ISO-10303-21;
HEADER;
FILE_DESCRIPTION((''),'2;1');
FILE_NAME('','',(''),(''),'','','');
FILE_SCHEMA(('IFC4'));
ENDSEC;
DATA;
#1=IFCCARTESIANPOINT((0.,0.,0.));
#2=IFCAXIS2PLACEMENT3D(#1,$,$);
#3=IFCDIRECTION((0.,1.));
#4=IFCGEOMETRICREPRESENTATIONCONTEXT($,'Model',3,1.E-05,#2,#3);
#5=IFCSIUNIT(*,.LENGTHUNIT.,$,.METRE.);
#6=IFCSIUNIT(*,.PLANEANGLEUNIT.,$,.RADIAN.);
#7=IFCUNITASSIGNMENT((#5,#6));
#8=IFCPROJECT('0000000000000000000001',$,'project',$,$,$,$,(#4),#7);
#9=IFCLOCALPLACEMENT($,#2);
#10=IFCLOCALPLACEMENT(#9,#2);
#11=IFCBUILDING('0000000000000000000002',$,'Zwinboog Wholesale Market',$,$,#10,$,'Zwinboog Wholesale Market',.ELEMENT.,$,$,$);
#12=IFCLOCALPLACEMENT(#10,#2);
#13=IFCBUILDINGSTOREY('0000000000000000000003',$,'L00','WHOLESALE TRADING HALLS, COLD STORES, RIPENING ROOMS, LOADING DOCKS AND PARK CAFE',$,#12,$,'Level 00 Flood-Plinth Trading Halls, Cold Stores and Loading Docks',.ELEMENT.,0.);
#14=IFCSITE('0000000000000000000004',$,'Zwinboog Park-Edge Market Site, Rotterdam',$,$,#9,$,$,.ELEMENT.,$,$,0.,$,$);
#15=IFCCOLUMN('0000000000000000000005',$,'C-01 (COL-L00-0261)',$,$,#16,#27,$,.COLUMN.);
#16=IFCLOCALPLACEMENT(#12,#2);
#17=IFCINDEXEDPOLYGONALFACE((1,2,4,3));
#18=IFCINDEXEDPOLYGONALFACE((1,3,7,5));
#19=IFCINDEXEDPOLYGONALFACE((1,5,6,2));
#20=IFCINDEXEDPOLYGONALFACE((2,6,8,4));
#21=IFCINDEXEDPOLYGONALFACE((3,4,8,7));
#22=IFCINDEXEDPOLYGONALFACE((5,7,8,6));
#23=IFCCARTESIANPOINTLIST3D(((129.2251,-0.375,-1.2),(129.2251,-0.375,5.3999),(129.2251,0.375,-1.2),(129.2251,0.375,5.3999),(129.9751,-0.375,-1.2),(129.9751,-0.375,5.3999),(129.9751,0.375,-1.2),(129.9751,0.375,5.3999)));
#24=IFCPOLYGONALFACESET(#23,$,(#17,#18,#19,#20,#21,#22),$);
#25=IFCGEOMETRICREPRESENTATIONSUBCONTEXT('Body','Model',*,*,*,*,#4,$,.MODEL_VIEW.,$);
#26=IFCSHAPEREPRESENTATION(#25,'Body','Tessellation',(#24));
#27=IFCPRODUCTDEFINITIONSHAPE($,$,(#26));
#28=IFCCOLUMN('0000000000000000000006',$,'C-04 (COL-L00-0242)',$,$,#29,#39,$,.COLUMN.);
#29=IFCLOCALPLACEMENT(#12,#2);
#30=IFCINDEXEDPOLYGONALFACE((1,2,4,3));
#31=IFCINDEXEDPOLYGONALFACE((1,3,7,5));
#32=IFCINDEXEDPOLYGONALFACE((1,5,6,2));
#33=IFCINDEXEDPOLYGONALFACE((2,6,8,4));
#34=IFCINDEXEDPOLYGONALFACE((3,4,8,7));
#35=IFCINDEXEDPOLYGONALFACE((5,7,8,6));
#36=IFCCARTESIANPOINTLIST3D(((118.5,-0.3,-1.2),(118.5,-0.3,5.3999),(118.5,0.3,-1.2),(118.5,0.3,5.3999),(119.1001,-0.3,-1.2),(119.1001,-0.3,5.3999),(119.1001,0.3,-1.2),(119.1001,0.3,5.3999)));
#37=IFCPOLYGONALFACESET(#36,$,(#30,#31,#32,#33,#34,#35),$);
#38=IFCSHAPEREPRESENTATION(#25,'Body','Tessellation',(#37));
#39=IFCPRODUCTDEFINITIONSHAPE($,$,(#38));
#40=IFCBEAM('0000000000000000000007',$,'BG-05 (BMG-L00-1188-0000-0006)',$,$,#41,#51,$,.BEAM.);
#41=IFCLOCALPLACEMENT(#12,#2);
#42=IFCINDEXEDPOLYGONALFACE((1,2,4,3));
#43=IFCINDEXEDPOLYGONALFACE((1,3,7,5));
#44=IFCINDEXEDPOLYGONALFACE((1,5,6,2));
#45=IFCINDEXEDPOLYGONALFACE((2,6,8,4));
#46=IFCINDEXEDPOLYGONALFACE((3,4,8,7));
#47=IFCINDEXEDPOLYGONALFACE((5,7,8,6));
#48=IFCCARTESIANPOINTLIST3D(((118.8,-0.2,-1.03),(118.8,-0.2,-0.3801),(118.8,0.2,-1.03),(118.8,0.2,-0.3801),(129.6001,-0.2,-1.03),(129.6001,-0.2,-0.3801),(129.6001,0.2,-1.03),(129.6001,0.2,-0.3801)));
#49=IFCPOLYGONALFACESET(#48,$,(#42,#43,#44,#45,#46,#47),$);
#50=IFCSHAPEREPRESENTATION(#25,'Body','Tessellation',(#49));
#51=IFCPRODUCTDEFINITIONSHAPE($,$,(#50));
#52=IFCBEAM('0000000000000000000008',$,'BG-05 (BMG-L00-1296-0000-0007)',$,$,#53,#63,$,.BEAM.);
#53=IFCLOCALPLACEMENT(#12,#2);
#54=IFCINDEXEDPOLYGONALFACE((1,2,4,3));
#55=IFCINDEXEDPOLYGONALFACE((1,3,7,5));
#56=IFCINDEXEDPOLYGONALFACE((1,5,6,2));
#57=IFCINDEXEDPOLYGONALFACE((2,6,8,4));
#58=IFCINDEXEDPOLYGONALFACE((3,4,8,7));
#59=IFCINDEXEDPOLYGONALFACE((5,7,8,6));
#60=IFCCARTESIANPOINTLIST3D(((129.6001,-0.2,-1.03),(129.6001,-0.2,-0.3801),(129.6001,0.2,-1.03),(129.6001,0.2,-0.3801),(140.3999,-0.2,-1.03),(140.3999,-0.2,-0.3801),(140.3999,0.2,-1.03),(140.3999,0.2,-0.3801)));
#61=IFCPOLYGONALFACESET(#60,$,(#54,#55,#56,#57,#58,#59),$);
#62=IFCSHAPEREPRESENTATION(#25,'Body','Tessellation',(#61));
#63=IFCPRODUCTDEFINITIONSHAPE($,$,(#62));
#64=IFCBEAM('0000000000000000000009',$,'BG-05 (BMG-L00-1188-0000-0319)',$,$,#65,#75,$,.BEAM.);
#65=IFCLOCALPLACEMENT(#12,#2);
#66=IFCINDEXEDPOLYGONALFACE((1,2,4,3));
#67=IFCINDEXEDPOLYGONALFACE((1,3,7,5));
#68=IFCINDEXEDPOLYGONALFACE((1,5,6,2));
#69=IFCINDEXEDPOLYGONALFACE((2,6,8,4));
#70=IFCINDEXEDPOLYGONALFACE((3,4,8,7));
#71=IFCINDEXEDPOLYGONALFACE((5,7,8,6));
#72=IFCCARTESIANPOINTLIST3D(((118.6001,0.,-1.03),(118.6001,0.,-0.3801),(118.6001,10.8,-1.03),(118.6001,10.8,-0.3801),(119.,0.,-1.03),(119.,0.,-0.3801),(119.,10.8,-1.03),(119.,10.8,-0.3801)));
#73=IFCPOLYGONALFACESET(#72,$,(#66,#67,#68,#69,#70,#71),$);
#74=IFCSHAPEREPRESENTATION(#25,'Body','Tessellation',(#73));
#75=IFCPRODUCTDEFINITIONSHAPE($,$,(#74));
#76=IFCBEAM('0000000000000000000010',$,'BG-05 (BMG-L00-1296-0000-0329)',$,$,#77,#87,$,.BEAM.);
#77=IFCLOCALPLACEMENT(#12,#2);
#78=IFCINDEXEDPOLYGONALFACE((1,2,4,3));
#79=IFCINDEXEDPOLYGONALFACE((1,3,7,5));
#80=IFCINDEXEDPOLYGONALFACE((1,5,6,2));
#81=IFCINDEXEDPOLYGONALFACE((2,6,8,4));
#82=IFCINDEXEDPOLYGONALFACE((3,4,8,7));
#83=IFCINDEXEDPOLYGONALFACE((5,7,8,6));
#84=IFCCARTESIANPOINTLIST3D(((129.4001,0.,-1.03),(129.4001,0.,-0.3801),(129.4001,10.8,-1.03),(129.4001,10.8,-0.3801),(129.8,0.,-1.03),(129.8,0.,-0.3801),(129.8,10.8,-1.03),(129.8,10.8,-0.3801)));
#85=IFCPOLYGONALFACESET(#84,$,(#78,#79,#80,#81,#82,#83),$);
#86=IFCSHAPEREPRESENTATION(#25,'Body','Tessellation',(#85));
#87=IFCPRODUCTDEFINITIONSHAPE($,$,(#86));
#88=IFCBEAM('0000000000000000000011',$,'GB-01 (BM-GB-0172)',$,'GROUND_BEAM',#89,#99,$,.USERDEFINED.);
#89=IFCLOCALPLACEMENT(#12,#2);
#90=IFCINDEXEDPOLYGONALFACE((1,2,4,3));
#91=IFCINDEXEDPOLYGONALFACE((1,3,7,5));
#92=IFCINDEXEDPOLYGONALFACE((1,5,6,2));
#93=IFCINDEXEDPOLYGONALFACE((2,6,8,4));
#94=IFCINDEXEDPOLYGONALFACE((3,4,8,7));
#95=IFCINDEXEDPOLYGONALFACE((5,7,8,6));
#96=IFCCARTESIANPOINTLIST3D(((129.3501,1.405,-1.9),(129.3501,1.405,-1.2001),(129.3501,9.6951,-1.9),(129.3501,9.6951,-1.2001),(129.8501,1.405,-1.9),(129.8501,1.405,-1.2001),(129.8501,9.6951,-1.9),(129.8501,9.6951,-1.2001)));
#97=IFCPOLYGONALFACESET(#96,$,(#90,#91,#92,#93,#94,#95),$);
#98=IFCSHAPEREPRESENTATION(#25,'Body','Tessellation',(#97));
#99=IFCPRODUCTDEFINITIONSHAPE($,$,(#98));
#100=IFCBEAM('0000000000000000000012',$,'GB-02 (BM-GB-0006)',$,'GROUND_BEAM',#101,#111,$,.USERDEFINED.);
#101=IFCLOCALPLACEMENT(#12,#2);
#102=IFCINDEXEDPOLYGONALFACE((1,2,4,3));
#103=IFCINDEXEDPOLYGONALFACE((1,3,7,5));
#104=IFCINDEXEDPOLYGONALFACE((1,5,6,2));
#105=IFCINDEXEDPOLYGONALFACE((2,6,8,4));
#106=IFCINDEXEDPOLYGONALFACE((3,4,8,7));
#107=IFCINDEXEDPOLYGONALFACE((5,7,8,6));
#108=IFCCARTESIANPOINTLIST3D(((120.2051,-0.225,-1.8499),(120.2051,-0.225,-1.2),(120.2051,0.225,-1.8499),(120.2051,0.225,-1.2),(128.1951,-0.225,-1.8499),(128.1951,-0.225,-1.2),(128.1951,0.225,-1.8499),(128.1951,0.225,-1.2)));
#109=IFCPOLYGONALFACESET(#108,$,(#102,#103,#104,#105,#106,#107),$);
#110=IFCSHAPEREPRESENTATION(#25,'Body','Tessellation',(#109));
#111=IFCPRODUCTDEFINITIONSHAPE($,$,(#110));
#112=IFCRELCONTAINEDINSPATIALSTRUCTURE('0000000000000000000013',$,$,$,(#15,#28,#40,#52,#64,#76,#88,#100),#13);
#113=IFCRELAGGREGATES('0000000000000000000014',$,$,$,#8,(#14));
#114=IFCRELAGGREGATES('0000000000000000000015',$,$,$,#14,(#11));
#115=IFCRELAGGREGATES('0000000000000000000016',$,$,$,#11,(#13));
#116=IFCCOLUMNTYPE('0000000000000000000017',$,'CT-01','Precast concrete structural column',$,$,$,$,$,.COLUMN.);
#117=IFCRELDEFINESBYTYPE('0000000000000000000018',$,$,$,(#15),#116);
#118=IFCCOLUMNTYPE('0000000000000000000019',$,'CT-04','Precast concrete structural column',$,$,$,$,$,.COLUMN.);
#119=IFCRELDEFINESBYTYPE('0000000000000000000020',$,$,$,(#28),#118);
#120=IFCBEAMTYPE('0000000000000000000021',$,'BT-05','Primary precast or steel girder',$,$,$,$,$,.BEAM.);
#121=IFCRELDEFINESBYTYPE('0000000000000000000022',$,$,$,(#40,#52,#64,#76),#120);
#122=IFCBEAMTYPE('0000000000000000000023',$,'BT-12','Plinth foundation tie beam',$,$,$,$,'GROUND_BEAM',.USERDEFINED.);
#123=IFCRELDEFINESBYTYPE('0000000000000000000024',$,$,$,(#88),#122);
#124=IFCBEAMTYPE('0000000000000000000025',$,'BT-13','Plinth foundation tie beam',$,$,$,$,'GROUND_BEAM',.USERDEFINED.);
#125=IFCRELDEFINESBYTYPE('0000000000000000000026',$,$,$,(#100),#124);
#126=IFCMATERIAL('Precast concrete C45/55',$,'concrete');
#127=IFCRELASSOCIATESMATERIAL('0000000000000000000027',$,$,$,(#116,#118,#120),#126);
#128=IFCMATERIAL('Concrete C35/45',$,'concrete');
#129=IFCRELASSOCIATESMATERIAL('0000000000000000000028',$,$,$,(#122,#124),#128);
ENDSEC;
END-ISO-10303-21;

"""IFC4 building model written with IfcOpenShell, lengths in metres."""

from ifc_helpers import new_model, si_unit, direction, frame, origin, origin_2d, place, context, subcontext, project, spatial, rectangle, extrude, material, material_profile, profile_set, type_object, element, save


model = new_model("IFC4")

# Units and contexts
model_context = context("Model", 3, precision=1e-05, world=origin(), true_north=direction((0.0, 1.0)))
body_context = subcontext(model_context, "Body", "Model", "MODEL_VIEW")
ifc_project = project(units=[si_unit("LENGTHUNIT", "METRE"), si_unit("PLANEANGLEUNIT", "RADIAN")], contexts=[model_context])

# Site, building, storey
site_placement = place(None, origin())
site = spatial("IfcSite", under=ifc_project, at=site_placement, Name="Zwinboog Park-Edge Market Site, Rotterdam", CompositionType="ELEMENT", RefElevation=0.0)
building_placement = place(site_placement, origin())
building = spatial("IfcBuilding", under=site, at=building_placement, Name="Zwinboog Wholesale Market", LongName="Zwinboog Wholesale Market", CompositionType="ELEMENT")
storey_placement = place(building_placement, origin())
storey = spatial("IfcBuildingStorey", under=building, at=storey_placement, Name="L00", Description="WHOLESALE TRADING HALLS, COLD STORES, RIPENING ROOMS, LOADING DOCKS AND PARK CAFE", LongName="Level 00 Flood-Plinth Trading Halls, Cold Stores and Loading Docks", CompositionType="ELEMENT", Elevation=0.0)

# Shared definitions
ifc_material_1 = material(Name="Concrete C35/45", Category="concrete")

# Columns
ifc_material_2 = material(Name="Precast concrete C45/55", Category="concrete")
ifc_material_profile_1 = material_profile(ifc_material_2, rectangle(XDim=0.75, YDim=0.75, at=origin_2d()), Name="PC 750x750")
ifc_profile_set_1 = profile_set([ifc_material_profile_1], Name="Precast concrete C45/55")
column_type_1 = type_object("IfcColumnType", Name="CT-01", Description="Precast concrete structural column", PredefinedType="COLUMN", material=ifc_profile_set_1)
column_1_placement = place(storey_placement, frame((129.6001, 0.0, -1.2), z_axis=(0.0, 0.0, 1.0), x_axis=(1.0, 0.0, 0.0)))
element("IfcColumn", 1, at=column_1_placement, inside=storey, type_object=column_type_1, Name="C-01 (COL-L00-0261)", PredefinedType="COLUMN", context=body_context, shape_type="SweptSolid", body=[
    extrude(rectangle(XDim=0.75, YDim=0.75, at=origin_2d()), origin(), (0.0, 0.0, 1.0), 6.5999),
])
ifc_material_profile_2 = material_profile(ifc_material_2, rectangle(XDim=0.6001, YDim=0.6001, at=origin_2d()), Name="PC 600x600")
ifc_profile_set_2 = profile_set([ifc_material_profile_2], Name="Precast concrete C45/55")
column_type_2 = type_object("IfcColumnType", Name="CT-04", Description="Precast concrete structural column", PredefinedType="COLUMN", material=ifc_profile_set_2)
column_2_placement = place(storey_placement, frame((118.8, 0.0, -1.2), z_axis=(0.0, 0.0, 1.0), x_axis=(1.0, 0.0, 0.0)))
element("IfcColumn", 2, at=column_2_placement, inside=storey, type_object=column_type_2, Name="C-04 (COL-L00-0242)", PredefinedType="COLUMN", context=body_context, shape_type="SweptSolid", body=[
    extrude(rectangle(XDim=0.6001, YDim=0.6001, at=origin_2d()), origin(), (0.0, 0.0, 1.0), 6.5999),
])

# Beams
ifc_material_profile_3 = material_profile(ifc_material_2, rectangle(XDim=0.3999, YDim=0.6499, at=origin_2d()), Name="PC 400x650")
ifc_profile_set_3 = profile_set([ifc_material_profile_3], Name="Precast concrete C45/55")
beam_type_1 = type_object("IfcBeamType", Name="BT-05", Description="Primary precast or steel girder", PredefinedType="BEAM", material=ifc_profile_set_3)
beam_1_placement = place(storey_placement, frame((118.8, 0.0, -0.7051), z_axis=(1.0, 0.0, 0.0), x_axis=(0.0, 1.0, 0.0)))
element("IfcBeam", 3, at=beam_1_placement, inside=storey, type_object=beam_type_1, Name="BG-05 (BMG-L00-1188-0000-0006)", PredefinedType="BEAM", context=body_context, shape_type="SweptSolid", body=[
    extrude(rectangle(XDim=0.3999, YDim=0.6499, at=origin_2d()), origin(), (0.0, 0.0, 1.0), 10.8),
])
beam_2_placement = place(storey_placement, frame((129.6001, 0.0, -0.7051), z_axis=(1.0, 0.0, 0.0), x_axis=(0.0, 1.0, 0.0)))
element("IfcBeam", 4, at=beam_2_placement, inside=storey, type_object=beam_type_1, Name="BG-05 (BMG-L00-1296-0000-0007)", PredefinedType="BEAM", context=body_context, shape_type="SweptSolid", body=[
    extrude(rectangle(XDim=0.3999, YDim=0.6499, at=origin_2d()), origin(), (0.0, 0.0, 1.0), 10.7998),
])
for number, where, z_axis, x_axis, name in (
    (5, (118.8, 0.0, -0.7051), (0.0, 1.0, 0.0), (-1.0, 0.0, 0.0), "BG-05 (BMG-L00-1188-0000-0319)"),
    (6, (129.6001, 0.0, -0.7051), (0.0, 1.0, 0.0), (-1.0, 0.0, 0.0), "BG-05 (BMG-L00-1296-0000-0329)"),
):
    element("IfcBeam", number, at=place(storey_placement, frame(where, z_axis=z_axis, x_axis=x_axis)), inside=storey, type_object=beam_type_1, Name=name, PredefinedType="BEAM", context=body_context, shape_type="SweptSolid", body=[
        extrude(rectangle(XDim=0.3999, YDim=0.6499, at=origin_2d()), origin(), (0.0, 0.0, 1.0), 10.8),
    ])
ifc_material_profile_4 = material_profile(ifc_material_1, rectangle(XDim=0.5, YDim=0.7, at=origin_2d()), Name="RC 500x700")
ifc_profile_set_4 = profile_set([ifc_material_profile_4], Name="Concrete C35/45")
beam_type_2 = type_object("IfcBeamType", Name="BT-12", Description="Plinth foundation tie beam", ElementType="GROUND_BEAM", PredefinedType="USERDEFINED", material=ifc_profile_set_4)
beam_3_placement = place(storey_placement, frame((129.6001, 1.405, -1.55), z_axis=(0.0, 1.0, 0.0), x_axis=(-1.0, 0.0, 0.0)))
element("IfcBeam", 7, at=beam_3_placement, inside=storey, type_object=beam_type_2, Name="GB-01 (BM-GB-0172)", ObjectType="GROUND_BEAM", PredefinedType="USERDEFINED", context=body_context, shape_type="SweptSolid", body=[
    extrude(rectangle(XDim=0.5, YDim=0.7, at=origin_2d()), origin(), (0.0, 0.0, 1.0), 8.29),
])
ifc_material_profile_5 = material_profile(ifc_material_1, rectangle(XDim=0.45, YDim=0.6499, at=origin_2d()), Name="RC 450x650")
ifc_profile_set_5 = profile_set([ifc_material_profile_5], Name="Concrete C35/45")
beam_type_3 = type_object("IfcBeamType", Name="BT-13", Description="Plinth foundation tie beam", ElementType="GROUND_BEAM", PredefinedType="USERDEFINED", material=ifc_profile_set_5)
beam_4_placement = place(storey_placement, frame((120.2051, 0.0, -1.5249), z_axis=(1.0, 0.0, 0.0), x_axis=(0.0, 1.0, 0.0)))
element("IfcBeam", 8, at=beam_4_placement, inside=storey, type_object=beam_type_3, Name="GB-02 (BM-GB-0006)", ObjectType="GROUND_BEAM", PredefinedType="USERDEFINED", context=body_context, shape_type="SweptSolid", body=[
    extrude(rectangle(XDim=0.45, YDim=0.6499, at=origin_2d()), origin(), (0.0, 0.0, 1.0), 7.99),
])

save(model, "model.ifc")
